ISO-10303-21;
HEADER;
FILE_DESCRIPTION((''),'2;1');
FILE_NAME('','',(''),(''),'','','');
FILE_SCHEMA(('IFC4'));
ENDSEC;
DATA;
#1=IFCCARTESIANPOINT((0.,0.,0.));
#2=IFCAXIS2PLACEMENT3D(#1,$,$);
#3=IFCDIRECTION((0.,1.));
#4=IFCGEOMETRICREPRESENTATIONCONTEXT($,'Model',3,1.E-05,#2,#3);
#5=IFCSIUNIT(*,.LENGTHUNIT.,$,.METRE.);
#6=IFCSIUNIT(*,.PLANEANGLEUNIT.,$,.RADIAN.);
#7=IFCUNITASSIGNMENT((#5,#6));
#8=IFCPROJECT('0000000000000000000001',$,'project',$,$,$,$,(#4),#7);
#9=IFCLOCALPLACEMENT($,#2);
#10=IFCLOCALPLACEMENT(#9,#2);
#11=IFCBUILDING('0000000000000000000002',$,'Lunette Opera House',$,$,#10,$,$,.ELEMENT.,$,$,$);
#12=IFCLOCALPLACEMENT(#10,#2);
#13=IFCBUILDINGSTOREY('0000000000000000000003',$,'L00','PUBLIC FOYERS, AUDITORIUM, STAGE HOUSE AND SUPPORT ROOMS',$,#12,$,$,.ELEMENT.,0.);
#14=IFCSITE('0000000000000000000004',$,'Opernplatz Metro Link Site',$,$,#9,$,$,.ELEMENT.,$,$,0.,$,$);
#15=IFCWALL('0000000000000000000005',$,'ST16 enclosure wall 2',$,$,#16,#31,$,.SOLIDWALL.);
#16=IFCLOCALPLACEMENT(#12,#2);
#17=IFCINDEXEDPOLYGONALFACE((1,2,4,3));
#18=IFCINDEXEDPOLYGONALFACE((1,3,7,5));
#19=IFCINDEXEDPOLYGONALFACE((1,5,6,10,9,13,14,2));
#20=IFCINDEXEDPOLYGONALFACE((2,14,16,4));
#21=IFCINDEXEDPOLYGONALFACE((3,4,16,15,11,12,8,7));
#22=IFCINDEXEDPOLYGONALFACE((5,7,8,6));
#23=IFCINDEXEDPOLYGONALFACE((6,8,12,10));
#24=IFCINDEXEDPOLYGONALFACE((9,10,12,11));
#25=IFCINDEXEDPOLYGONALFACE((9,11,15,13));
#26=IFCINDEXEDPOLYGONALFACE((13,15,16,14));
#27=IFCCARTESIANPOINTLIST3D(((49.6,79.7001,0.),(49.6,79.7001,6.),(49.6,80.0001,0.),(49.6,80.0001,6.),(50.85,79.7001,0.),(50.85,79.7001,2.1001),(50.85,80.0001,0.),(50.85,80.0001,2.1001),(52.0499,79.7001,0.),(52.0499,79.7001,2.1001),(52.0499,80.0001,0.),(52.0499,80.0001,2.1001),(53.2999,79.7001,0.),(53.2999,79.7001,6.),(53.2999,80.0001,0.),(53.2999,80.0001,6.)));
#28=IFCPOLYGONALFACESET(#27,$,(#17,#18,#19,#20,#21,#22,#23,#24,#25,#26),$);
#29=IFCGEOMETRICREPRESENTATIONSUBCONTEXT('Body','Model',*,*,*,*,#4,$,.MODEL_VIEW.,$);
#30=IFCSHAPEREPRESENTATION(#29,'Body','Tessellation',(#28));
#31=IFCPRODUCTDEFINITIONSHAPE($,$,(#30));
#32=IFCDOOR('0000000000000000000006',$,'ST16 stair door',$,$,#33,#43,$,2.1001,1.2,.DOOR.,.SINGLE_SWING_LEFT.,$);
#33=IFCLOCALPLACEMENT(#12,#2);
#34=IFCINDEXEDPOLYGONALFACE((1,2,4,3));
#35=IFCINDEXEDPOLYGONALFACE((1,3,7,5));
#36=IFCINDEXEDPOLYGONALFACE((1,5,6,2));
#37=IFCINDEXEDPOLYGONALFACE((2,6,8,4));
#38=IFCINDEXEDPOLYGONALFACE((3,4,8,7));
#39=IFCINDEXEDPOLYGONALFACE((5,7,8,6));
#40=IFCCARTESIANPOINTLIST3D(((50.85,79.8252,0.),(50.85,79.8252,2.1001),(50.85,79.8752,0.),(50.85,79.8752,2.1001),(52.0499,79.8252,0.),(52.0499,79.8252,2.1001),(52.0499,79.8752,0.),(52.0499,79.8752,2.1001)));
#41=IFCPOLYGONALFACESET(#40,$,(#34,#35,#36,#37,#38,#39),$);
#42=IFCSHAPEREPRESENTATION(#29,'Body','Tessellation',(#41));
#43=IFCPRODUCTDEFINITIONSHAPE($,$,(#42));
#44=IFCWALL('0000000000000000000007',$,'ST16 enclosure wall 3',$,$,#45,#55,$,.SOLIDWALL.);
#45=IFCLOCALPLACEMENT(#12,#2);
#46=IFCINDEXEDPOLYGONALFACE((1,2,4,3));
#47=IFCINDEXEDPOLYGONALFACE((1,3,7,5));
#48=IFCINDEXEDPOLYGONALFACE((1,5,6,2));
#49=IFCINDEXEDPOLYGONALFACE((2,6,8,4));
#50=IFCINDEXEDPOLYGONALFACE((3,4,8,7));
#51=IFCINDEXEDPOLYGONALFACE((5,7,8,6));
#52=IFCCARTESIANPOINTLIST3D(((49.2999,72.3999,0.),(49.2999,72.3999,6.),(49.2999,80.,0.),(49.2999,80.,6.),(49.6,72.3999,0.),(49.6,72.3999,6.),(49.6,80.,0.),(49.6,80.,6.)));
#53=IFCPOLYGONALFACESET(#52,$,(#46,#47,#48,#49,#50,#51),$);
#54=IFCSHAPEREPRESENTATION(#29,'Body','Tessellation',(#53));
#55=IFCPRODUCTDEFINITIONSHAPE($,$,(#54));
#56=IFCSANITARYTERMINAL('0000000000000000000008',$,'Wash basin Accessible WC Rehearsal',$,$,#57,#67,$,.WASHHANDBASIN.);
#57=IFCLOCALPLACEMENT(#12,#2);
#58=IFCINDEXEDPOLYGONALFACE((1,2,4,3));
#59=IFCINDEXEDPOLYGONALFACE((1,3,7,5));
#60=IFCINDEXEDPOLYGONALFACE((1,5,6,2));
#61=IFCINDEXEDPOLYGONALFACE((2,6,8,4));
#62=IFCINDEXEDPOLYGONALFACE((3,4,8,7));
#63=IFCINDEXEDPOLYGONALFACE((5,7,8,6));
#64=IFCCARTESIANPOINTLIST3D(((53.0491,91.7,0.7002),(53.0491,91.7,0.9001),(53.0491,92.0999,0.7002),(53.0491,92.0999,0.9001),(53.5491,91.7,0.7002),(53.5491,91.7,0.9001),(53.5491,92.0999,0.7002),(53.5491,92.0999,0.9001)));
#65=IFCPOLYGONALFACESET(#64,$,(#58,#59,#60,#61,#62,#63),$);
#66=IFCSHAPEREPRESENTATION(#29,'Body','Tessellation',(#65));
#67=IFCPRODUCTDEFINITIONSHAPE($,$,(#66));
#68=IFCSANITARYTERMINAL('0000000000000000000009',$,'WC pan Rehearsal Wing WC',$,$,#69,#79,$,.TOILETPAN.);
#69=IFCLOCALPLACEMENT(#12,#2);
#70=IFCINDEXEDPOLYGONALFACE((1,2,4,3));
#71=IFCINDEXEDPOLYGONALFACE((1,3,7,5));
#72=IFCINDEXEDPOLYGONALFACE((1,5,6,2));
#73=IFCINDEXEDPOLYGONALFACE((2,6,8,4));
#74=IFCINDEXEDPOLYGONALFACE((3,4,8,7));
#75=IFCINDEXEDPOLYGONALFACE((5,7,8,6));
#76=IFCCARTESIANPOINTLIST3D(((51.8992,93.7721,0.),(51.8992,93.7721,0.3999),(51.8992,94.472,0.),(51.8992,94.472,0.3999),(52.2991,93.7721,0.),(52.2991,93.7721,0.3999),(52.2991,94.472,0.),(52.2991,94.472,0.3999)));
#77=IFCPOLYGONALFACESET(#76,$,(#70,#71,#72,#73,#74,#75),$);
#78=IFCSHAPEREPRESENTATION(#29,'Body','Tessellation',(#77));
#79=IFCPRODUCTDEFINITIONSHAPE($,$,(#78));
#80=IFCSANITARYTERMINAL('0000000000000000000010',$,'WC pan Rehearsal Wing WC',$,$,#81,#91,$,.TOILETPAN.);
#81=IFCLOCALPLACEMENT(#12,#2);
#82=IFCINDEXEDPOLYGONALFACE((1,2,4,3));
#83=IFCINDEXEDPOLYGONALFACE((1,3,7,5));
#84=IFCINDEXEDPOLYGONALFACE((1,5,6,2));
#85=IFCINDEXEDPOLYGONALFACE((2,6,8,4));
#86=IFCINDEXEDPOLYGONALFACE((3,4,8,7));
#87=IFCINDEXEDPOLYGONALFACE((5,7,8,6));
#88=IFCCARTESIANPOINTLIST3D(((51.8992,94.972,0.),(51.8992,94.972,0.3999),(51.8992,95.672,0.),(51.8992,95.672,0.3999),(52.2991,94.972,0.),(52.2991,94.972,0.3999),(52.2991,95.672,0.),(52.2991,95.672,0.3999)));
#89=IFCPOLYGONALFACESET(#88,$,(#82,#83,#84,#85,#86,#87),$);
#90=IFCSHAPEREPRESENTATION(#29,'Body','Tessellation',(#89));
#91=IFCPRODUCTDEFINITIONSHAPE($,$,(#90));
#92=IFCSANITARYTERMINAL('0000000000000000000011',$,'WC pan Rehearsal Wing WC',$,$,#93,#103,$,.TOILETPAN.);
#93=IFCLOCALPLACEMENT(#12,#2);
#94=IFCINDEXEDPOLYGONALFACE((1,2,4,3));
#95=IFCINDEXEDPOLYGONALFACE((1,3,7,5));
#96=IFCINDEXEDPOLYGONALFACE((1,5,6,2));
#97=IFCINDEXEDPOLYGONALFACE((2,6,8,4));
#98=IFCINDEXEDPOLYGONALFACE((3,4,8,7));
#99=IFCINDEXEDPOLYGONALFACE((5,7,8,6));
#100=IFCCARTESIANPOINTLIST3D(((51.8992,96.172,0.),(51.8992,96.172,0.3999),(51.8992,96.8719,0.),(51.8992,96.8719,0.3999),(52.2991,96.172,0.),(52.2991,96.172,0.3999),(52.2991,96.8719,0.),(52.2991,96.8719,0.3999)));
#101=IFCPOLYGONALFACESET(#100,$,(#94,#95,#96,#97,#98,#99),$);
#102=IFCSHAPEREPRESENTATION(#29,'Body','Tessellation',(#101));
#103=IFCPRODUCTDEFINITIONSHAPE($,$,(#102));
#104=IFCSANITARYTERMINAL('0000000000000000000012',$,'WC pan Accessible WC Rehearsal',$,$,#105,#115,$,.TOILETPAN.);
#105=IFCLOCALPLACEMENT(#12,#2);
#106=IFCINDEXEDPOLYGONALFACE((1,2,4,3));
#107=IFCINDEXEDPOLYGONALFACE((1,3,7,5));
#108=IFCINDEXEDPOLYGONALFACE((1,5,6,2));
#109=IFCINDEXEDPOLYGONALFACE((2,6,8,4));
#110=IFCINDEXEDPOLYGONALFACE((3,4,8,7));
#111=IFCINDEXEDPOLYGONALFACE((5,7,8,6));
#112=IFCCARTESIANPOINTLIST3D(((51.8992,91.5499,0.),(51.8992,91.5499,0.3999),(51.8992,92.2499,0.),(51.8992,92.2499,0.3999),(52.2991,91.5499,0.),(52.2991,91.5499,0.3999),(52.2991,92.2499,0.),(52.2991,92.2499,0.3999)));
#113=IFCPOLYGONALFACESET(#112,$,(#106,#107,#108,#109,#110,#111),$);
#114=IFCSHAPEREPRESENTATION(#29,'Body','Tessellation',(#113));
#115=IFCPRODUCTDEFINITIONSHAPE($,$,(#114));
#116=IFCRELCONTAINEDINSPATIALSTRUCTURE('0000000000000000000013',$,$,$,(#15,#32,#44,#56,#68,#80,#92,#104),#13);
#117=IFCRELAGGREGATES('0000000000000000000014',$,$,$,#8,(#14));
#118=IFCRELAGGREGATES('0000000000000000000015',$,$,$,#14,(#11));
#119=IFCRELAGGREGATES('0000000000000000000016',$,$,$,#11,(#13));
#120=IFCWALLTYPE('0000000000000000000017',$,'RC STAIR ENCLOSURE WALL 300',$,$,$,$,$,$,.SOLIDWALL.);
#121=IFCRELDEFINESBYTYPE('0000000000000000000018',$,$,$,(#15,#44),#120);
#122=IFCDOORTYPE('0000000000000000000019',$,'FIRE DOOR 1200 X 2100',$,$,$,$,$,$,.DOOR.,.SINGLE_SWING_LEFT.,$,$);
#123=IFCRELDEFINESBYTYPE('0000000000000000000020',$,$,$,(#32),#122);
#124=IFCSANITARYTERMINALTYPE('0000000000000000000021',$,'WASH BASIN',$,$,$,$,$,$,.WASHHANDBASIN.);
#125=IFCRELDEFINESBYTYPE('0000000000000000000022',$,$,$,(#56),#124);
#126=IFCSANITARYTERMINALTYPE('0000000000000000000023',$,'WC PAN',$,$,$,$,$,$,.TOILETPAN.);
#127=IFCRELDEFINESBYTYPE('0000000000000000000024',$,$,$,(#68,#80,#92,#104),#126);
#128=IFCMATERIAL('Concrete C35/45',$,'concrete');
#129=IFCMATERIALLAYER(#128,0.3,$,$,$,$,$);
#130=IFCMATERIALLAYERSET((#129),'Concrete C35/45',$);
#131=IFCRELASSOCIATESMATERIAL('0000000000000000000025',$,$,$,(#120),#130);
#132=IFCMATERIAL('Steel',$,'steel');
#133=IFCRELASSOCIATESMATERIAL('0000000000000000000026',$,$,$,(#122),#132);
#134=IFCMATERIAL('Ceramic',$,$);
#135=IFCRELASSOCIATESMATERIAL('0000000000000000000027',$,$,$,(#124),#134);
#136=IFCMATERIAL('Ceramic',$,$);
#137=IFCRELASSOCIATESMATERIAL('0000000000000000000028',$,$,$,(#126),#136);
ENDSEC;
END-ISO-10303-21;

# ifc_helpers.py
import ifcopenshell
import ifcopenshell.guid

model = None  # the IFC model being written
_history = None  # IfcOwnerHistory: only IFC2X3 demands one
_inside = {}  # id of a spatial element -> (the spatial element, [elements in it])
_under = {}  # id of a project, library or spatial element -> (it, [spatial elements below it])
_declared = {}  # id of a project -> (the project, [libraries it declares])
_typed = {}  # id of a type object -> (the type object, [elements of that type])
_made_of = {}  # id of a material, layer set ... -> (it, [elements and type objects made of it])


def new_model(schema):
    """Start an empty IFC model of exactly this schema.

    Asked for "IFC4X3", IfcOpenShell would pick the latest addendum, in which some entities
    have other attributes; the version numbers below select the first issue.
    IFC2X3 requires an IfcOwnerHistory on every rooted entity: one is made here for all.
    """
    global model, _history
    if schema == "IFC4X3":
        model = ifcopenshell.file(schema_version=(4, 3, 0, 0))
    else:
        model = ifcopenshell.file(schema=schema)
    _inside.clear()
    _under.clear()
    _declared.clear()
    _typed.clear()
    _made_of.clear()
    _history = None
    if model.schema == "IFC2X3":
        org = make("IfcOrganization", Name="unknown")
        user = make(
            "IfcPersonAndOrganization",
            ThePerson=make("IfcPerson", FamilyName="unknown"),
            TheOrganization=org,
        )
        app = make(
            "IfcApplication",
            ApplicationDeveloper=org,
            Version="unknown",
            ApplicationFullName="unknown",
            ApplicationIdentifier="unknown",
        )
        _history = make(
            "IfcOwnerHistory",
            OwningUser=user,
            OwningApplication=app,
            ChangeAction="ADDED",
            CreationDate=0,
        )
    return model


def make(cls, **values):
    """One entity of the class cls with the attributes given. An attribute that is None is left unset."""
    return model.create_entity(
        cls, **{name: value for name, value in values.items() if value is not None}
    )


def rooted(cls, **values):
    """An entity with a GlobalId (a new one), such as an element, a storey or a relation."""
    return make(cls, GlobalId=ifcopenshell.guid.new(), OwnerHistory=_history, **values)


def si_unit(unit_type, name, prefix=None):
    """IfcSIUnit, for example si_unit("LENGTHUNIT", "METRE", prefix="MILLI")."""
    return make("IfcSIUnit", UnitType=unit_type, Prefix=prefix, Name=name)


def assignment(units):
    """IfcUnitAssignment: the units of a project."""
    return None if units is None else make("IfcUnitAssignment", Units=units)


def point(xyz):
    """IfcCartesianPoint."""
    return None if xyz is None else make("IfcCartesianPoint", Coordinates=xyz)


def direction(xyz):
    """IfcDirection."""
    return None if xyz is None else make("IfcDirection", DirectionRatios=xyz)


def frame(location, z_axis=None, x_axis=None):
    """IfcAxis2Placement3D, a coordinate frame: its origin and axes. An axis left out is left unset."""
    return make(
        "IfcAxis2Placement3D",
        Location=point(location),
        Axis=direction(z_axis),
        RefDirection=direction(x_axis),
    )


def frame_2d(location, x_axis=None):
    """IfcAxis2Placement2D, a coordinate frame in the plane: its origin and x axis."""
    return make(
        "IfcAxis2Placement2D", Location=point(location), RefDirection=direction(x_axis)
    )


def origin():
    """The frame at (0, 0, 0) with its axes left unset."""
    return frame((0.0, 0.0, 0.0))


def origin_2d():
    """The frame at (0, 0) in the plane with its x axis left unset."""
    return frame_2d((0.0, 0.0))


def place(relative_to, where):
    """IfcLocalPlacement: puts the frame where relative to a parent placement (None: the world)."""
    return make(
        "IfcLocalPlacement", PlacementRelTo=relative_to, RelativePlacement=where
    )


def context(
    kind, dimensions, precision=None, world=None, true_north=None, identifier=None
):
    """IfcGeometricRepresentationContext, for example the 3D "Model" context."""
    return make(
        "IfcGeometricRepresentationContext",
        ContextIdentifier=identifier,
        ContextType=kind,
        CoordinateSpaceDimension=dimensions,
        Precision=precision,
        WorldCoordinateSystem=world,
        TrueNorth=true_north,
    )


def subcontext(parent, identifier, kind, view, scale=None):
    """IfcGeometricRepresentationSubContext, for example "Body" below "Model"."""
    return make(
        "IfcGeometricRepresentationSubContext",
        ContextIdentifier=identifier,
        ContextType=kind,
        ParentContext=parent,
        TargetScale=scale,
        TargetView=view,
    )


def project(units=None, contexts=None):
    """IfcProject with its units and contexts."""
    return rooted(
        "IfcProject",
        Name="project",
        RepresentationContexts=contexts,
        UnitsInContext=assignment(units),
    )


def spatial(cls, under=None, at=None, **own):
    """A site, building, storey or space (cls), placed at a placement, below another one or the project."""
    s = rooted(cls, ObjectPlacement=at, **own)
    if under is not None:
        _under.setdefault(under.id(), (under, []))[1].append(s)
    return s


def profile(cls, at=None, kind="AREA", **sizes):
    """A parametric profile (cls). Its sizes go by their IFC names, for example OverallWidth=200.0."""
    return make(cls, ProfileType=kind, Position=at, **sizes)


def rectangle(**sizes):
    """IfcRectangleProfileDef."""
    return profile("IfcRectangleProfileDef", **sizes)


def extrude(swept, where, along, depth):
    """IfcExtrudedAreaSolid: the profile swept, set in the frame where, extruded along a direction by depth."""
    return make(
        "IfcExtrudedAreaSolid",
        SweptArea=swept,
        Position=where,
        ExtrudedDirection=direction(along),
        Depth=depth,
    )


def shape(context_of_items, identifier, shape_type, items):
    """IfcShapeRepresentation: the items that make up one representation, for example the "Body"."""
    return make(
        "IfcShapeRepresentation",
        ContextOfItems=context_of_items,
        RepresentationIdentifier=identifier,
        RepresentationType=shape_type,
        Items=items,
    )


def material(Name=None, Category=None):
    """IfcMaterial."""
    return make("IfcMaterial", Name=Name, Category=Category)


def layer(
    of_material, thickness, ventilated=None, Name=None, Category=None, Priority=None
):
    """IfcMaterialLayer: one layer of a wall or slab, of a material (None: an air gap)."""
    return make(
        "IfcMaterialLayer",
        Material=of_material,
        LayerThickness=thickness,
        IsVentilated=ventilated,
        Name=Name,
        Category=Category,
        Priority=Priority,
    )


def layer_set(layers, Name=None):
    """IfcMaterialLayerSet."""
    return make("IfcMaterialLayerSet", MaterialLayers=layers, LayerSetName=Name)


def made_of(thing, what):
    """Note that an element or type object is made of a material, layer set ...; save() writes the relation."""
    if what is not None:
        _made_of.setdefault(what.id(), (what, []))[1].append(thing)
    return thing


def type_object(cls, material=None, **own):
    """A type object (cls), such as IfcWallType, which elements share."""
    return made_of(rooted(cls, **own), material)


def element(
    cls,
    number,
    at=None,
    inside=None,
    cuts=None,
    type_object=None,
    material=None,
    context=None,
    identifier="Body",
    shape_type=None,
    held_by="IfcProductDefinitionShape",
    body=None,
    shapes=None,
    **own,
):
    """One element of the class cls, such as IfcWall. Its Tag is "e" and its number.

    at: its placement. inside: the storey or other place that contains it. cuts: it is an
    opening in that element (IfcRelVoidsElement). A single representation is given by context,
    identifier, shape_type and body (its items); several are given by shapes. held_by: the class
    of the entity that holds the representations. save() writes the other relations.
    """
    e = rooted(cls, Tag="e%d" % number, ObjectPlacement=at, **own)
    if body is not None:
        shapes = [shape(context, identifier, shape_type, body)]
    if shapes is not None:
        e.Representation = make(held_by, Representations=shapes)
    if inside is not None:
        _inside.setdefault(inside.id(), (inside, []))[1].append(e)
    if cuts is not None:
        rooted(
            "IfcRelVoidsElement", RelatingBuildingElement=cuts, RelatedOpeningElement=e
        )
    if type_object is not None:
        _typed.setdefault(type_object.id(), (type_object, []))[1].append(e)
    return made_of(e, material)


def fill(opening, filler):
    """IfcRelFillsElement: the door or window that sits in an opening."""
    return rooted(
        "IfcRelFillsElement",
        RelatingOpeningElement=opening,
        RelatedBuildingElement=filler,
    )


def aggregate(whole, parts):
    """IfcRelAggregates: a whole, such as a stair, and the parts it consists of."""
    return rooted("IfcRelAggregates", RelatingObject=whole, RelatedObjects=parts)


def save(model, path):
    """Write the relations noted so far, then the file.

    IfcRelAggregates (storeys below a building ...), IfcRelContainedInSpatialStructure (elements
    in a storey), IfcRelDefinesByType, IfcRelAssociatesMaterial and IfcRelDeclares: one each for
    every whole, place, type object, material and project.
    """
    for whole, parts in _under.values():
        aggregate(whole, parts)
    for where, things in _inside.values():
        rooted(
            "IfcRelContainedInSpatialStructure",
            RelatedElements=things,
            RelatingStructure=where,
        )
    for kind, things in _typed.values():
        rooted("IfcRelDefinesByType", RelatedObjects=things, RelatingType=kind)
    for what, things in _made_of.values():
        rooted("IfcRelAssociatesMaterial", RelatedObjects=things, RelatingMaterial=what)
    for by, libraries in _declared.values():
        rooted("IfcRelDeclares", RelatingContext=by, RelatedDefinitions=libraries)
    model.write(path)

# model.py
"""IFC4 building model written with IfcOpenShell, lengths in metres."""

from ifc_helpers import new_model, si_unit, direction, frame, frame_2d, origin, origin_2d, place, context, subcontext, project, spatial, rectangle, extrude, material, layer, layer_set, type_object, element, fill, save


model = new_model("IFC4")

# Units and contexts
model_context = context("Model", 3, precision=1e-05, world=origin(), true_north=direction((0.0, 1.0)))
body_context = subcontext(model_context, "Body", "Model", "MODEL_VIEW")
ifc_project = project(units=[si_unit("LENGTHUNIT", "METRE"), si_unit("PLANEANGLEUNIT", "RADIAN")], contexts=[model_context])

# Site, building, storey
site_placement = place(None, origin())
site = spatial("IfcSite", under=ifc_project, at=site_placement, Name="Opernplatz Metro Link Site", CompositionType="ELEMENT", RefElevation=0.0)
building_placement = place(site_placement, origin())
building = spatial("IfcBuilding", under=site, at=building_placement, Name="Lunette Opera House", CompositionType="ELEMENT")
storey_placement = place(building_placement, origin())
storey = spatial("IfcBuildingStorey", under=building, at=storey_placement, Name="L00", Description="PUBLIC FOYERS, AUDITORIUM, STAGE HOUSE AND SUPPORT ROOMS", CompositionType="ELEMENT", Elevation=0.0)

# Wall, opening, door
ifc_material_1 = material(Name="Concrete C35/45", Category="concrete")
ifc_layer_1 = layer(ifc_material_1, 0.3)
ifc_layer_set_1 = layer_set([ifc_layer_1], Name="Concrete C35/45")
wall_type_1 = type_object("IfcWallType", Name="RC STAIR ENCLOSURE WALL 300", PredefinedType="SOLIDWALL", material=ifc_layer_set_1)
wall_1_placement = place(storey_placement, frame((53.3, 79.8501, 0.0), z_axis=(0.0, 0.0, 1.0), x_axis=(-1.0, 0.0, 0.0)))
wall_1 = element("IfcWall", 1, at=wall_1_placement, inside=storey, type_object=wall_type_1, Name="ST16 enclosure wall 2", PredefinedType="SOLIDWALL", context=body_context, shape_type="SweptSolid", body=[
    extrude(rectangle(XDim=3.7, YDim=0.3, at=frame_2d((1.8501, 0.0))), origin(), (0.0, 0.0, 1.0), 6.0),
])
opening_1_placement = place(wall_1_placement, frame((1.25, 0.0, 0.0)))
opening_1 = element("IfcOpeningElement", 2, at=opening_1_placement, cuts=wall_1, PredefinedType="OPENING", context=body_context, shape_type="SweptSolid", body=[
    extrude(rectangle(XDim=1.2, YDim=2.1001, at=frame_2d((0.6001, 1.05))), frame((0.0, 0.1621, 0.0), z_axis=(0.0, -1.0, 0.0), x_axis=(1.0, 0.0, 0.0)), (0.0, 0.0, 1.0), 0.324),
])
ifc_material_2 = material(Name="Steel", Category="steel")
door_type_1 = type_object("IfcDoorType", Name="FIRE DOOR 1200 X 2100", OperationType="SINGLE_SWING_LEFT", PredefinedType="DOOR", material=ifc_material_2)
door_1_placement = place(opening_1_placement, origin())
door_1 = element("IfcDoor", 3, at=door_1_placement, inside=storey, type_object=door_type_1, Name="ST16 stair door", OperationType="SINGLE_SWING_LEFT", OverallHeight=2.1001, OverallWidth=1.2, PredefinedType="DOOR", context=body_context, shape_type="SweptSolid", body=[
    extrude(rectangle(XDim=1.2, YDim=2.1001, at=frame_2d((0.6001, 1.05))), frame((0.0, 0.0249, 0.0), z_axis=(0.0, -1.0, 0.0), x_axis=(1.0, 0.0, 0.0)), (0.0, 0.0, 1.0), 0.05),
])
fill(opening_1, door_1)

# Wall
wall_2_placement = place(storey_placement, frame((49.45, 80.0, 0.0), z_axis=(0.0, 0.0, 1.0), x_axis=(0.0, -1.0, 0.0)))
element("IfcWall", 4, at=wall_2_placement, inside=storey, type_object=wall_type_1, Name="ST16 enclosure wall 3", PredefinedType="SOLIDWALL", context=body_context, shape_type="SweptSolid", body=[
    extrude(rectangle(XDim=7.6001, YDim=0.3, at=frame_2d((3.8, 0.0))), origin(), (0.0, 0.0, 1.0), 6.0),
])

# Sanitary terminals
ifc_material_3 = material(Name="Ceramic")
sanitary_terminal_type_1 = type_object("IfcSanitaryTerminalType", Name="WASH BASIN", PredefinedType="WASHHANDBASIN", material=ifc_material_3)
sanitary_terminal_placement = place(storey_placement, frame((53.2991, 91.8999, 0.7002), z_axis=(0.0, 0.0, 1.0), x_axis=(1.0, 0.0, 0.0)))
element("IfcSanitaryTerminal", 5, at=sanitary_terminal_placement, inside=storey, type_object=sanitary_terminal_type_1, Name="Wash basin Accessible WC Rehearsal", PredefinedType="WASHHANDBASIN", context=body_context, shape_type="SweptSolid", body=[
    extrude(rectangle(XDim=0.5, YDim=0.3999, at=origin_2d()), origin(), (0.0, 0.0, 1.0), 0.2),
])
ifc_material_4 = material(Name="Ceramic")
sanitary_terminal_type_2 = type_object("IfcSanitaryTerminalType", Name="WC PAN", PredefinedType="TOILETPAN", material=ifc_material_4)
for number, where, z_axis, x_axis, name in (
    (6, (52.0991, 94.1221, 0.0), (0.0, 0.0, 1.0), (1.0, 0.0, 0.0), "WC pan Rehearsal Wing WC"),
    (7, (52.0991, 95.322, 0.0), (0.0, 0.0, 1.0), (1.0, 0.0, 0.0), "WC pan Rehearsal Wing WC"),
    (8, (52.0991, 96.522, 0.0), (0.0, 0.0, 1.0), (1.0, 0.0, 0.0), "WC pan Rehearsal Wing WC"),
    (9, (52.0991, 91.8999, 0.0), (0.0, 0.0, 1.0), (1.0, 0.0, 0.0), "WC pan Accessible WC Rehearsal"),
):
    element("IfcSanitaryTerminal", number, at=place(storey_placement, frame(where, z_axis=z_axis, x_axis=x_axis)), inside=storey, type_object=sanitary_terminal_type_2, Name=name, PredefinedType="TOILETPAN", context=body_context, shape_type="SweptSolid", body=[
        extrude(rectangle(XDim=0.3999, YDim=0.7, at=origin_2d()), origin(), (0.0, 0.0, 1.0), 0.3999),
    ])

save(model, "model.ifc")
